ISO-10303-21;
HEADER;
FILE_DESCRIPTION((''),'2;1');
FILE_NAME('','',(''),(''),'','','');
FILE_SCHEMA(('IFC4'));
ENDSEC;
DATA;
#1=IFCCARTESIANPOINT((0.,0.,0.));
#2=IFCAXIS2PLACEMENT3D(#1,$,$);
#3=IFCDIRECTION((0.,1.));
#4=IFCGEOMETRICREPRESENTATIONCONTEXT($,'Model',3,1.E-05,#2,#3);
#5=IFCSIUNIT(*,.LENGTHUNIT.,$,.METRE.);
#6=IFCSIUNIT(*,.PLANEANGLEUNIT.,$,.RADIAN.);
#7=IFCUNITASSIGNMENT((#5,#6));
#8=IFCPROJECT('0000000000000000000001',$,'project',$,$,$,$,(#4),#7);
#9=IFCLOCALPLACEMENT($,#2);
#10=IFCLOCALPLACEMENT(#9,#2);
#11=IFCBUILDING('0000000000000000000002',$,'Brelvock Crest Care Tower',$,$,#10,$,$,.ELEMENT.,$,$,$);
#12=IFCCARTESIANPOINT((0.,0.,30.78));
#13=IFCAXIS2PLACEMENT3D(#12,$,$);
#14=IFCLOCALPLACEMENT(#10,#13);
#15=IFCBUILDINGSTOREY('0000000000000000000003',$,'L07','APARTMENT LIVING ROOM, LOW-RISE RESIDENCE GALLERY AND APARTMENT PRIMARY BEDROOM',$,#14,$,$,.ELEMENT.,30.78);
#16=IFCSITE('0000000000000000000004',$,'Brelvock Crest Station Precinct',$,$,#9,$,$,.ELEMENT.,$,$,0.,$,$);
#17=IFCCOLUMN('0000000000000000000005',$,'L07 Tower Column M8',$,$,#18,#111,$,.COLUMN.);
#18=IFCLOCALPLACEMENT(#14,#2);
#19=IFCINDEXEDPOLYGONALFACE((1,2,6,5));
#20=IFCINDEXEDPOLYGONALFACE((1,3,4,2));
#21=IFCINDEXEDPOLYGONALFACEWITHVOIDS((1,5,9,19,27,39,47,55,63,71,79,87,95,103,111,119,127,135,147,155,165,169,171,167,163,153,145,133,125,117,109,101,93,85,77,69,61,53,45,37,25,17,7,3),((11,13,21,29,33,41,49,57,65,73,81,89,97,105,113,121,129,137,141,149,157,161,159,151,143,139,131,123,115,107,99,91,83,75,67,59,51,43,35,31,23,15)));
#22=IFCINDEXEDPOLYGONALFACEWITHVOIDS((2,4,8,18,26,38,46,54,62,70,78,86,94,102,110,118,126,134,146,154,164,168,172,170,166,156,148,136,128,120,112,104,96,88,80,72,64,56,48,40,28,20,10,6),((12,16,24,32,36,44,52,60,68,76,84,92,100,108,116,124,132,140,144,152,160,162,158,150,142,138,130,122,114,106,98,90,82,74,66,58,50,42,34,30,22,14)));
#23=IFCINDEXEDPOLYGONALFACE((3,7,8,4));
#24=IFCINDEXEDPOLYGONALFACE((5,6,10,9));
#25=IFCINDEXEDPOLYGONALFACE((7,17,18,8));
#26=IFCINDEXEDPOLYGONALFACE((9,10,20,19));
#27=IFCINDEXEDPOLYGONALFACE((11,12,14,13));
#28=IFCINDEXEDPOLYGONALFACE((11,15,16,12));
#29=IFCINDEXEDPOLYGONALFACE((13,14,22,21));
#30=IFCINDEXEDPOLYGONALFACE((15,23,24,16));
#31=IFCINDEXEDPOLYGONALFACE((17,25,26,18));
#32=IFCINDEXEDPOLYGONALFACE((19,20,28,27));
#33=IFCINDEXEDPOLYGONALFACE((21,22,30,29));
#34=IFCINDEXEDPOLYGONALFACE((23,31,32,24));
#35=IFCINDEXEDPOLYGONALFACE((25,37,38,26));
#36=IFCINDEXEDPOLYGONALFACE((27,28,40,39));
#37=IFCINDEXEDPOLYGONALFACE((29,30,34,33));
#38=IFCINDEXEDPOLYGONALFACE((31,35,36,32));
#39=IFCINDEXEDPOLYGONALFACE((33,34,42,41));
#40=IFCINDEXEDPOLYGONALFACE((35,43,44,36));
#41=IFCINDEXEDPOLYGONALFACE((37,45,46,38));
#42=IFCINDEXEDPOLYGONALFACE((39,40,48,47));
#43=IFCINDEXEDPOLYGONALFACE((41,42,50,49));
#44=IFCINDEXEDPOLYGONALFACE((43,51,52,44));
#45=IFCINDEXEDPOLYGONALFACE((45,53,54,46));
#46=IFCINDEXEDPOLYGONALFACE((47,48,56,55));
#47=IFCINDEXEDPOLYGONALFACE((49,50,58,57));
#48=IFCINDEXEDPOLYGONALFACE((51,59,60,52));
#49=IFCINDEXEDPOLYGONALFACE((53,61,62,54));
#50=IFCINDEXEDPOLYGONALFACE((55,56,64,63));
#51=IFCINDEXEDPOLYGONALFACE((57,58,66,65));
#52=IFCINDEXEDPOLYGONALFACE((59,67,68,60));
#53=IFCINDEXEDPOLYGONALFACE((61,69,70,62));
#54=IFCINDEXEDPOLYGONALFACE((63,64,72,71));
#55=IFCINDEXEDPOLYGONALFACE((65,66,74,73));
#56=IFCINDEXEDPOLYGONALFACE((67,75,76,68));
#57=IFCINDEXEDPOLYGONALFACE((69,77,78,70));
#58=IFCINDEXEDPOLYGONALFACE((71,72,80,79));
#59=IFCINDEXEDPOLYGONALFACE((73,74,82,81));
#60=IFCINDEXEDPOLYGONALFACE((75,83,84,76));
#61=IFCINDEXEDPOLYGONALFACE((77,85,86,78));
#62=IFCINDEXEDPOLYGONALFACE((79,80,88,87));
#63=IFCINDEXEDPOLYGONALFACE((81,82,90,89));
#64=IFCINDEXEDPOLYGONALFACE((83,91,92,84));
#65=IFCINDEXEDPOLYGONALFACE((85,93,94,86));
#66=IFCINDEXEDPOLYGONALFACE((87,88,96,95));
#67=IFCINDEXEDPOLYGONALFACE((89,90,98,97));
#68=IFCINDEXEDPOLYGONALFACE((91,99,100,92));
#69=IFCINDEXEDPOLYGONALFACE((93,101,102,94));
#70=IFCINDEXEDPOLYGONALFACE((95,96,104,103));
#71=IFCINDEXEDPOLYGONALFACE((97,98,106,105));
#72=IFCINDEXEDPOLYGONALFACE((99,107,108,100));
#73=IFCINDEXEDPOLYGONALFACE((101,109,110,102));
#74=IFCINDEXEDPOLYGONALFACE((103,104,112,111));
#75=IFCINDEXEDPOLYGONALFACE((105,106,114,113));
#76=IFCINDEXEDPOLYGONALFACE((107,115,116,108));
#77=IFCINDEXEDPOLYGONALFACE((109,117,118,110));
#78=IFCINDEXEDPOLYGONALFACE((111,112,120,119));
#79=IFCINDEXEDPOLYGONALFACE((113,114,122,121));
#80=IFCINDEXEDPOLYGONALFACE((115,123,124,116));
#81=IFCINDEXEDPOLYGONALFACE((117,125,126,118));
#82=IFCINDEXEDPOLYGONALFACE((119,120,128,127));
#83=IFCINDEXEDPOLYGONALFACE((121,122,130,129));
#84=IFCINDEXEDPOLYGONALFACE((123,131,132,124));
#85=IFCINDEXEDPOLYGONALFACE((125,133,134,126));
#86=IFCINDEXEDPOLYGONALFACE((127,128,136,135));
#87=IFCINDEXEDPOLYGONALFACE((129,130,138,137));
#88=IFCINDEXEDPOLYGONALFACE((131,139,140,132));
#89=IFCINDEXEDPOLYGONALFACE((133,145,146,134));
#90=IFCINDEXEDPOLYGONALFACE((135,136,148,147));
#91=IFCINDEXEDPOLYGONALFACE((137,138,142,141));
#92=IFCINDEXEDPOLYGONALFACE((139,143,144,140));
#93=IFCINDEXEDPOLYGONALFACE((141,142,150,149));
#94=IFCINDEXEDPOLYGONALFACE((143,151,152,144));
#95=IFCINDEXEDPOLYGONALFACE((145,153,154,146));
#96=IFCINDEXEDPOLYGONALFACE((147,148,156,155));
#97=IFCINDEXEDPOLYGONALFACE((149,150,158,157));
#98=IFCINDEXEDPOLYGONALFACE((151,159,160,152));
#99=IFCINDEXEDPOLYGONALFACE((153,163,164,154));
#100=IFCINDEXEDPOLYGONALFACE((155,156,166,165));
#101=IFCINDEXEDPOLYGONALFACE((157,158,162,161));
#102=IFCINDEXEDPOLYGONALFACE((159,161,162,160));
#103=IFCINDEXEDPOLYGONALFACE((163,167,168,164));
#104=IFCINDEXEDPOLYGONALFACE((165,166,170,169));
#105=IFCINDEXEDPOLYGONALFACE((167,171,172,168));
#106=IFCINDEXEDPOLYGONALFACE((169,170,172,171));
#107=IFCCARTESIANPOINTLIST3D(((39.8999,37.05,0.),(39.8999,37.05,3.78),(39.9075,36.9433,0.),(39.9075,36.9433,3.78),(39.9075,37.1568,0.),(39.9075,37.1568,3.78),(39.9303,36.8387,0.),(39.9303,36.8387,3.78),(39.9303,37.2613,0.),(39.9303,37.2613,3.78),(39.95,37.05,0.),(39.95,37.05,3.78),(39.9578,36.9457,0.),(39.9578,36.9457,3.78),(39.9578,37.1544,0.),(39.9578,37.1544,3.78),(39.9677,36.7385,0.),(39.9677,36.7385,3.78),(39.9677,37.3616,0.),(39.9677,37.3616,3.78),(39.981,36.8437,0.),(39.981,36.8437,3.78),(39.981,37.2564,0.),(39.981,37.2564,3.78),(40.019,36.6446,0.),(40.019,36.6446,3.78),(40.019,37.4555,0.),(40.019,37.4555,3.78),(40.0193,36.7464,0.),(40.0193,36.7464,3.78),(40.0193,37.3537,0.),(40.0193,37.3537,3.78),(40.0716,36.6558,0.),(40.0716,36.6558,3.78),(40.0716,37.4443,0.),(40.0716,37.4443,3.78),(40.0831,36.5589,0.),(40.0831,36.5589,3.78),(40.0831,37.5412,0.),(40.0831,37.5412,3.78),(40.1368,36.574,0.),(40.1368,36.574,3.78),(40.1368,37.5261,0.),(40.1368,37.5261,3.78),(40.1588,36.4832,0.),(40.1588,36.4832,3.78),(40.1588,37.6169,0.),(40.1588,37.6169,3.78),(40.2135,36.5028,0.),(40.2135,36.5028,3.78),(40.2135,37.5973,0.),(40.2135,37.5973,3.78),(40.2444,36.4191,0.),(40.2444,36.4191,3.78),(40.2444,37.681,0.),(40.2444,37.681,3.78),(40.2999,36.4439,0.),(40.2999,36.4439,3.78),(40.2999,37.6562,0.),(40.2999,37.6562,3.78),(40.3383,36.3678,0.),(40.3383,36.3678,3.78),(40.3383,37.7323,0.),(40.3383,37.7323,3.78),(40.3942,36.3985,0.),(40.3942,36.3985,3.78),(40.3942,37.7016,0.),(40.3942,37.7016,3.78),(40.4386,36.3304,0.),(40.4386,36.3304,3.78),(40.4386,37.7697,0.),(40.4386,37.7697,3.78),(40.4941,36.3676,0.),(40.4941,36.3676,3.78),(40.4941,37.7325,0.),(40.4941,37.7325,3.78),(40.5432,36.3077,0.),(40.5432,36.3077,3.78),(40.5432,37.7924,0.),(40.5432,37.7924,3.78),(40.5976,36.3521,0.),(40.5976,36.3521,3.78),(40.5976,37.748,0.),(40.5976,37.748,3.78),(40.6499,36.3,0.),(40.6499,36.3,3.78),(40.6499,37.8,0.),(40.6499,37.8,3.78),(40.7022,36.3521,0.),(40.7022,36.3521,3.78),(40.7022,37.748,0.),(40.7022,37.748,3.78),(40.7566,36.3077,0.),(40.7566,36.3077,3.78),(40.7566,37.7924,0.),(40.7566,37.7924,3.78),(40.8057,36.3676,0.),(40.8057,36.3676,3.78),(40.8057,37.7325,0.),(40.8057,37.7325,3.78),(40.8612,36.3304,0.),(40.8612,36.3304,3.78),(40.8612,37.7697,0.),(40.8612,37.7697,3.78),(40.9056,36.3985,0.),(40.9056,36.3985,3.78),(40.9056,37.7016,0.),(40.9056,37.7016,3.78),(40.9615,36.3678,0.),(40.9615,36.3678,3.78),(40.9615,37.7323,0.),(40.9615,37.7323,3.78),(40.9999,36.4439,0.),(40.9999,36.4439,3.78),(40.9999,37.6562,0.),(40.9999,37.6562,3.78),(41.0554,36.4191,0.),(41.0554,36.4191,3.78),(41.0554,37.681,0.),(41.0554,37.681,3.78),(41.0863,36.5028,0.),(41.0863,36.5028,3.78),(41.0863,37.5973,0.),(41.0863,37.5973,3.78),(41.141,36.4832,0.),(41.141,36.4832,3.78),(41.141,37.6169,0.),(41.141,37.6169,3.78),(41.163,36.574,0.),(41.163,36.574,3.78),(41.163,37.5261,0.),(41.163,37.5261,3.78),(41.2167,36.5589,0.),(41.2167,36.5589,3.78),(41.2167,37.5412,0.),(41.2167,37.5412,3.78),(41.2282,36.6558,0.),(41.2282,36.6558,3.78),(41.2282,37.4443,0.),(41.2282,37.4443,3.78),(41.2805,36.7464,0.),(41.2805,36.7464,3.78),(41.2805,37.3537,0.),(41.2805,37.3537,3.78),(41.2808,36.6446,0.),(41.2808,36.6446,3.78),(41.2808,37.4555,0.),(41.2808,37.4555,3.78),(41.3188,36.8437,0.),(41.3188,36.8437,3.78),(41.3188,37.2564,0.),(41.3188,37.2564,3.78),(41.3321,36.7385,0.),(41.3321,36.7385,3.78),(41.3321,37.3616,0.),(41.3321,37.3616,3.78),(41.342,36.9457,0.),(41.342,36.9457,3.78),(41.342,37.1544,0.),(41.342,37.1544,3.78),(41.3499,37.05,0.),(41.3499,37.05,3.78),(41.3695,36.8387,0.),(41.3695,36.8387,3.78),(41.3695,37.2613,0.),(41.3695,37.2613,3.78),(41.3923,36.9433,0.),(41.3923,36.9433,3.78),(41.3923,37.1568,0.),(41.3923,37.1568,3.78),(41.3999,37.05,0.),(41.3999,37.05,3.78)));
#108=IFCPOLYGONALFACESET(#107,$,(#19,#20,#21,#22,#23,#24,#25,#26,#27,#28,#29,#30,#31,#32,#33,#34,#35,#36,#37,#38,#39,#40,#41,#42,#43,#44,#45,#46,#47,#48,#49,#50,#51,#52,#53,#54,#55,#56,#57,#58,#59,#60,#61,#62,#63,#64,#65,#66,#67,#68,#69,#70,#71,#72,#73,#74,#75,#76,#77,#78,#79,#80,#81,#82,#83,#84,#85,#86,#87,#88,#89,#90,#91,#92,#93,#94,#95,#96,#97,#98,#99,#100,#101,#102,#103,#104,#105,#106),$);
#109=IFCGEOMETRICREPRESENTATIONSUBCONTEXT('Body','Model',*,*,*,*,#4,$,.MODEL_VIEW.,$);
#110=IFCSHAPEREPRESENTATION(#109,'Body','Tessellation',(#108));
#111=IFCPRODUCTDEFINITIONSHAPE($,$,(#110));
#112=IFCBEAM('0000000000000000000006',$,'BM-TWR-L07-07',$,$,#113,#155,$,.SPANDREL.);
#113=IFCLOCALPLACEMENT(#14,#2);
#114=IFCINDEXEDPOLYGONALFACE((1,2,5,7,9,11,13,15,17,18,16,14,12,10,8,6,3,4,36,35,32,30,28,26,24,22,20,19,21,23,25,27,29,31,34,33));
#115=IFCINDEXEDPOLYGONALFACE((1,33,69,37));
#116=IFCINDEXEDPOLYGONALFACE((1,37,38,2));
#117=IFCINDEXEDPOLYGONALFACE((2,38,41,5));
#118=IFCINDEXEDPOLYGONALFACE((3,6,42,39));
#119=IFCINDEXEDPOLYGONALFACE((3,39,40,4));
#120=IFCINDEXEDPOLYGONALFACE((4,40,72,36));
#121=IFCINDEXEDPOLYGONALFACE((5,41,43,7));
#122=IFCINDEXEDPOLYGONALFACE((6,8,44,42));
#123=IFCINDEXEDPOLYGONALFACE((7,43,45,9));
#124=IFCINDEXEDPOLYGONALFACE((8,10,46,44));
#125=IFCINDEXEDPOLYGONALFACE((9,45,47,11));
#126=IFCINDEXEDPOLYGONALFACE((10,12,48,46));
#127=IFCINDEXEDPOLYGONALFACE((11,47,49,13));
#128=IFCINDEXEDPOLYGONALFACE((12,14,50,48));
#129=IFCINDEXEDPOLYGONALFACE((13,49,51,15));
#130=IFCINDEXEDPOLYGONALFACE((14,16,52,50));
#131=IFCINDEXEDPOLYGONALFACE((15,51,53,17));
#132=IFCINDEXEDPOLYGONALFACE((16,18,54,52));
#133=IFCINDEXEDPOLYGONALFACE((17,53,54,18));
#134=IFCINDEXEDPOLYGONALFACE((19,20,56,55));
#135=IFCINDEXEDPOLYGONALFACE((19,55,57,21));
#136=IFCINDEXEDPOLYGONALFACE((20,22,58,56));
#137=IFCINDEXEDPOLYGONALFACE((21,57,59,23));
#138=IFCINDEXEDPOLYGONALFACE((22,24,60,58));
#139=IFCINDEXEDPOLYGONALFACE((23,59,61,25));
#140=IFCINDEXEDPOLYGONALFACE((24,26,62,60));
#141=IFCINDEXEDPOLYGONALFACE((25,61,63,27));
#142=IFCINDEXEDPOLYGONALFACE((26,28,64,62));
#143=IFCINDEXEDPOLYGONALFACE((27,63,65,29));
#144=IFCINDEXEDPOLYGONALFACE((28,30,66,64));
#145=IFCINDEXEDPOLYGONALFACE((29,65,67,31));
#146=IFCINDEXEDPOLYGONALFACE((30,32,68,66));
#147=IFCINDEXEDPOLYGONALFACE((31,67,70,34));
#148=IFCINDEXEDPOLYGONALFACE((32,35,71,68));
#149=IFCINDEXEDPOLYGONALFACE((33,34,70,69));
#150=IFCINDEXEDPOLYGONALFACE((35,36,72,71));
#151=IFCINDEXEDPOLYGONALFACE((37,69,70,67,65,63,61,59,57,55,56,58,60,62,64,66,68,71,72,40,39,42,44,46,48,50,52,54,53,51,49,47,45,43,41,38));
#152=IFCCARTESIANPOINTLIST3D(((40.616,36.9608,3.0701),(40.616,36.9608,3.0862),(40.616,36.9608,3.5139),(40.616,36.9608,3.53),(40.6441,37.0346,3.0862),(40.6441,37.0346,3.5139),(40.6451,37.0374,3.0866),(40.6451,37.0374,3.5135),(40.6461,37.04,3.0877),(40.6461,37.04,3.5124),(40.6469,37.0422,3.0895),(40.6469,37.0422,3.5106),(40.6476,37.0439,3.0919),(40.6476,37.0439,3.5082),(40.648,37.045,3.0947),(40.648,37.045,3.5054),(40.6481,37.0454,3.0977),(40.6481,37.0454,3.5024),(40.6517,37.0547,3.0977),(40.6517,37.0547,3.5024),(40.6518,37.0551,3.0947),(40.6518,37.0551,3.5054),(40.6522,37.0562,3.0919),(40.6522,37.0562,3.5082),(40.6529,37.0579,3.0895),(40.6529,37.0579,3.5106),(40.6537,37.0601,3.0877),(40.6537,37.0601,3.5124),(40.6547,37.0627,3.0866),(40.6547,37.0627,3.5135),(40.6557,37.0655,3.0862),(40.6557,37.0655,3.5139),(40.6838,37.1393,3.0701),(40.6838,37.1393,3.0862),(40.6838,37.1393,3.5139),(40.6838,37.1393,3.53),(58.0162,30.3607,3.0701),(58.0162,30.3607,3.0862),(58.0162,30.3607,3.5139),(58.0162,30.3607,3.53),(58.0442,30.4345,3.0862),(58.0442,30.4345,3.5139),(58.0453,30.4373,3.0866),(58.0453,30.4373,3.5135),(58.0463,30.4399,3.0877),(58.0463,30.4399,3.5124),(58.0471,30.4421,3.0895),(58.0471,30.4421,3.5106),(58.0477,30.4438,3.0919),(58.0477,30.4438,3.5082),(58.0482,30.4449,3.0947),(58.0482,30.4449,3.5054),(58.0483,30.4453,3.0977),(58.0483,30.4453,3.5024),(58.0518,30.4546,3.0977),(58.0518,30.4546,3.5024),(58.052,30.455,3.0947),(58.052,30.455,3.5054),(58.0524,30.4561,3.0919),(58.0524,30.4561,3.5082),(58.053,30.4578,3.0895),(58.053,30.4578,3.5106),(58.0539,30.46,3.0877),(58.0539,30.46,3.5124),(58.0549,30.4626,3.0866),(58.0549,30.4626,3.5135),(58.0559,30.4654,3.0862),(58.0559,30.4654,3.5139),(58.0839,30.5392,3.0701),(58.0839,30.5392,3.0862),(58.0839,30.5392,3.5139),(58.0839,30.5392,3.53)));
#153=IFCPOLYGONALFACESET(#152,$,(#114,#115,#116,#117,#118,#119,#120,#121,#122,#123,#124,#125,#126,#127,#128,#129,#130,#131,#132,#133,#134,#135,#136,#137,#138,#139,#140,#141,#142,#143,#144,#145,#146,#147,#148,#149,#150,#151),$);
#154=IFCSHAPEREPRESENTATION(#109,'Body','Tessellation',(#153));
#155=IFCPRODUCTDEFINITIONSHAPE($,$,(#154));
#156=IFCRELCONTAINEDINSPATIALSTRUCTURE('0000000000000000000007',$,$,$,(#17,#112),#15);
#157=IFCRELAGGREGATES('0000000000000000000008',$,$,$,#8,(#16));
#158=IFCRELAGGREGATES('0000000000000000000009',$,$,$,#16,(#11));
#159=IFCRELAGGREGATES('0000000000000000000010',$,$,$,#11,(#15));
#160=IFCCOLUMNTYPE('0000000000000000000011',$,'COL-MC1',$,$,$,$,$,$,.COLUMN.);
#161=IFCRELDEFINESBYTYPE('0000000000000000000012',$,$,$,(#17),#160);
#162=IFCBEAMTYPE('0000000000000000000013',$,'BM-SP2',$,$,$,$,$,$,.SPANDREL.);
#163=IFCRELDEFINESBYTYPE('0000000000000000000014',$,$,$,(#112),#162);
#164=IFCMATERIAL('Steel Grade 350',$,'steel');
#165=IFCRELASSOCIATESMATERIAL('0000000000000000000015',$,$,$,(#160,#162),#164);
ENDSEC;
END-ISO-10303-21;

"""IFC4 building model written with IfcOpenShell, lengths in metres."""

from ifc_helpers import new_model, si_unit, direction, frame, origin, origin_2d, place, context, subcontext, project, spatial, hollow_circle, i_section, extrude, source, transform, mapped, material, material_profile, profile_set, type_object, element, save


model = new_model("IFC4")

# Units and contexts
model_context = context("Model", 3, precision=1e-05, world=origin(), true_north=direction((0.0, 1.0)))
body_context = subcontext(model_context, "Body", "Model", "MODEL_VIEW")
ifc_project = project(units=[si_unit("LENGTHUNIT", "METRE"), si_unit("PLANEANGLEUNIT", "RADIAN")], contexts=[model_context])

# Site, building, storey
site_placement = place(None, origin())
site = spatial("IfcSite", under=ifc_project, at=site_placement, Name="Brelvock Crest Station Precinct", CompositionType="ELEMENT", RefElevation=0.0)
building_placement = place(site_placement, origin())
building = spatial("IfcBuilding", under=site, at=building_placement, Name="Brelvock Crest Care Tower", CompositionType="ELEMENT")
storey_placement = place(building_placement, frame((0.0, 0.0, 30.78)))
storey = spatial("IfcBuildingStorey", under=building, at=storey_placement, Name="L07", Description="APARTMENT LIVING ROOM, LOW-RISE RESIDENCE GALLERY AND APARTMENT PRIMARY BEDROOM", CompositionType="ELEMENT", Elevation=30.78)

# Column
ifc_material_1 = material(Name="Steel Grade 350", Category="steel")
ifc_material_profile_1 = material_profile(ifc_material_1, hollow_circle(Radius=0.75, WallThickness=0.05, at=origin_2d()), Name="CFT1500x50")
ifc_profile_set_1 = profile_set([ifc_material_profile_1], Name="Steel Grade 350")
column_type = type_object("IfcColumnType", Name="COL-MC1", PredefinedType="COLUMN", material=ifc_profile_set_1)
shared_shape_1 = source(origin(), body_context, "Body", "SweptSolid", [
    extrude(hollow_circle(Radius=0.75, WallThickness=0.05, at=origin_2d()), origin(), (0.0, 0.0, 1.0), 3.78),
])
column_placement = place(storey_placement, frame((40.6499, 37.05, 0.0), z_axis=(0.0, 0.0, 1.0), x_axis=(1.0, 0.0, 0.0)))
element("IfcColumn", 1, at=column_placement, inside=storey, type_object=column_type, Name="L07 Tower Column M8", PredefinedType="COLUMN", context=body_context, shape_type="MappedRepresentation", body=[
    mapped(shared_shape_1, transform((0.0, 0.0, 0.0), x_axis=(1.0, 0.0, 0.0), y_axis=(0.0, 1.0, 0.0), z_axis=(0.0, 0.0, 1.0), scale=1.0)),
])

# Beam
ifc_material_profile_2 = material_profile(ifc_material_1, i_section(OverallWidth=0.1909, OverallDepth=0.46, WebThickness=0.01, FlangeThickness=0.0161, FilletRadius=0.0115, at=origin_2d()), Name="460UB82.1")
ifc_profile_set_2 = profile_set([ifc_material_profile_2], Name="Steel Grade 350")
beam_type_1 = type_object("IfcBeamType", Name="BM-SP2", PredefinedType="SPANDREL", material=ifc_profile_set_2)
shared_shape_2 = source(origin(), body_context, "Body", "SweptSolid", [
    extrude(i_section(OverallWidth=0.1909, OverallDepth=0.46, WebThickness=0.01, FlangeThickness=0.0161, FilletRadius=0.0115, at=origin_2d()), origin(), (0.0, 0.0, 1.0), 18.6099),
])
beam_placement = place(storey_placement, frame((40.6499, 37.05, 3.3), z_axis=(0.934997, -0.354656, 0.0), x_axis=(0.354656, 0.934997, 0.0)))
element("IfcBeam", 2, at=beam_placement, inside=storey, type_object=beam_type_1, Name="BM-TWR-L07-07", PredefinedType="SPANDREL", context=body_context, shape_type="MappedRepresentation", body=[
    mapped(shared_shape_2, transform((0.0, 0.0, 0.0), x_axis=(1.0, 0.0, 0.0), y_axis=(0.0, 1.0, 0.0), z_axis=(0.0, 0.0, 1.0), scale=1.0)),
])

save(model, "model.ifc")
